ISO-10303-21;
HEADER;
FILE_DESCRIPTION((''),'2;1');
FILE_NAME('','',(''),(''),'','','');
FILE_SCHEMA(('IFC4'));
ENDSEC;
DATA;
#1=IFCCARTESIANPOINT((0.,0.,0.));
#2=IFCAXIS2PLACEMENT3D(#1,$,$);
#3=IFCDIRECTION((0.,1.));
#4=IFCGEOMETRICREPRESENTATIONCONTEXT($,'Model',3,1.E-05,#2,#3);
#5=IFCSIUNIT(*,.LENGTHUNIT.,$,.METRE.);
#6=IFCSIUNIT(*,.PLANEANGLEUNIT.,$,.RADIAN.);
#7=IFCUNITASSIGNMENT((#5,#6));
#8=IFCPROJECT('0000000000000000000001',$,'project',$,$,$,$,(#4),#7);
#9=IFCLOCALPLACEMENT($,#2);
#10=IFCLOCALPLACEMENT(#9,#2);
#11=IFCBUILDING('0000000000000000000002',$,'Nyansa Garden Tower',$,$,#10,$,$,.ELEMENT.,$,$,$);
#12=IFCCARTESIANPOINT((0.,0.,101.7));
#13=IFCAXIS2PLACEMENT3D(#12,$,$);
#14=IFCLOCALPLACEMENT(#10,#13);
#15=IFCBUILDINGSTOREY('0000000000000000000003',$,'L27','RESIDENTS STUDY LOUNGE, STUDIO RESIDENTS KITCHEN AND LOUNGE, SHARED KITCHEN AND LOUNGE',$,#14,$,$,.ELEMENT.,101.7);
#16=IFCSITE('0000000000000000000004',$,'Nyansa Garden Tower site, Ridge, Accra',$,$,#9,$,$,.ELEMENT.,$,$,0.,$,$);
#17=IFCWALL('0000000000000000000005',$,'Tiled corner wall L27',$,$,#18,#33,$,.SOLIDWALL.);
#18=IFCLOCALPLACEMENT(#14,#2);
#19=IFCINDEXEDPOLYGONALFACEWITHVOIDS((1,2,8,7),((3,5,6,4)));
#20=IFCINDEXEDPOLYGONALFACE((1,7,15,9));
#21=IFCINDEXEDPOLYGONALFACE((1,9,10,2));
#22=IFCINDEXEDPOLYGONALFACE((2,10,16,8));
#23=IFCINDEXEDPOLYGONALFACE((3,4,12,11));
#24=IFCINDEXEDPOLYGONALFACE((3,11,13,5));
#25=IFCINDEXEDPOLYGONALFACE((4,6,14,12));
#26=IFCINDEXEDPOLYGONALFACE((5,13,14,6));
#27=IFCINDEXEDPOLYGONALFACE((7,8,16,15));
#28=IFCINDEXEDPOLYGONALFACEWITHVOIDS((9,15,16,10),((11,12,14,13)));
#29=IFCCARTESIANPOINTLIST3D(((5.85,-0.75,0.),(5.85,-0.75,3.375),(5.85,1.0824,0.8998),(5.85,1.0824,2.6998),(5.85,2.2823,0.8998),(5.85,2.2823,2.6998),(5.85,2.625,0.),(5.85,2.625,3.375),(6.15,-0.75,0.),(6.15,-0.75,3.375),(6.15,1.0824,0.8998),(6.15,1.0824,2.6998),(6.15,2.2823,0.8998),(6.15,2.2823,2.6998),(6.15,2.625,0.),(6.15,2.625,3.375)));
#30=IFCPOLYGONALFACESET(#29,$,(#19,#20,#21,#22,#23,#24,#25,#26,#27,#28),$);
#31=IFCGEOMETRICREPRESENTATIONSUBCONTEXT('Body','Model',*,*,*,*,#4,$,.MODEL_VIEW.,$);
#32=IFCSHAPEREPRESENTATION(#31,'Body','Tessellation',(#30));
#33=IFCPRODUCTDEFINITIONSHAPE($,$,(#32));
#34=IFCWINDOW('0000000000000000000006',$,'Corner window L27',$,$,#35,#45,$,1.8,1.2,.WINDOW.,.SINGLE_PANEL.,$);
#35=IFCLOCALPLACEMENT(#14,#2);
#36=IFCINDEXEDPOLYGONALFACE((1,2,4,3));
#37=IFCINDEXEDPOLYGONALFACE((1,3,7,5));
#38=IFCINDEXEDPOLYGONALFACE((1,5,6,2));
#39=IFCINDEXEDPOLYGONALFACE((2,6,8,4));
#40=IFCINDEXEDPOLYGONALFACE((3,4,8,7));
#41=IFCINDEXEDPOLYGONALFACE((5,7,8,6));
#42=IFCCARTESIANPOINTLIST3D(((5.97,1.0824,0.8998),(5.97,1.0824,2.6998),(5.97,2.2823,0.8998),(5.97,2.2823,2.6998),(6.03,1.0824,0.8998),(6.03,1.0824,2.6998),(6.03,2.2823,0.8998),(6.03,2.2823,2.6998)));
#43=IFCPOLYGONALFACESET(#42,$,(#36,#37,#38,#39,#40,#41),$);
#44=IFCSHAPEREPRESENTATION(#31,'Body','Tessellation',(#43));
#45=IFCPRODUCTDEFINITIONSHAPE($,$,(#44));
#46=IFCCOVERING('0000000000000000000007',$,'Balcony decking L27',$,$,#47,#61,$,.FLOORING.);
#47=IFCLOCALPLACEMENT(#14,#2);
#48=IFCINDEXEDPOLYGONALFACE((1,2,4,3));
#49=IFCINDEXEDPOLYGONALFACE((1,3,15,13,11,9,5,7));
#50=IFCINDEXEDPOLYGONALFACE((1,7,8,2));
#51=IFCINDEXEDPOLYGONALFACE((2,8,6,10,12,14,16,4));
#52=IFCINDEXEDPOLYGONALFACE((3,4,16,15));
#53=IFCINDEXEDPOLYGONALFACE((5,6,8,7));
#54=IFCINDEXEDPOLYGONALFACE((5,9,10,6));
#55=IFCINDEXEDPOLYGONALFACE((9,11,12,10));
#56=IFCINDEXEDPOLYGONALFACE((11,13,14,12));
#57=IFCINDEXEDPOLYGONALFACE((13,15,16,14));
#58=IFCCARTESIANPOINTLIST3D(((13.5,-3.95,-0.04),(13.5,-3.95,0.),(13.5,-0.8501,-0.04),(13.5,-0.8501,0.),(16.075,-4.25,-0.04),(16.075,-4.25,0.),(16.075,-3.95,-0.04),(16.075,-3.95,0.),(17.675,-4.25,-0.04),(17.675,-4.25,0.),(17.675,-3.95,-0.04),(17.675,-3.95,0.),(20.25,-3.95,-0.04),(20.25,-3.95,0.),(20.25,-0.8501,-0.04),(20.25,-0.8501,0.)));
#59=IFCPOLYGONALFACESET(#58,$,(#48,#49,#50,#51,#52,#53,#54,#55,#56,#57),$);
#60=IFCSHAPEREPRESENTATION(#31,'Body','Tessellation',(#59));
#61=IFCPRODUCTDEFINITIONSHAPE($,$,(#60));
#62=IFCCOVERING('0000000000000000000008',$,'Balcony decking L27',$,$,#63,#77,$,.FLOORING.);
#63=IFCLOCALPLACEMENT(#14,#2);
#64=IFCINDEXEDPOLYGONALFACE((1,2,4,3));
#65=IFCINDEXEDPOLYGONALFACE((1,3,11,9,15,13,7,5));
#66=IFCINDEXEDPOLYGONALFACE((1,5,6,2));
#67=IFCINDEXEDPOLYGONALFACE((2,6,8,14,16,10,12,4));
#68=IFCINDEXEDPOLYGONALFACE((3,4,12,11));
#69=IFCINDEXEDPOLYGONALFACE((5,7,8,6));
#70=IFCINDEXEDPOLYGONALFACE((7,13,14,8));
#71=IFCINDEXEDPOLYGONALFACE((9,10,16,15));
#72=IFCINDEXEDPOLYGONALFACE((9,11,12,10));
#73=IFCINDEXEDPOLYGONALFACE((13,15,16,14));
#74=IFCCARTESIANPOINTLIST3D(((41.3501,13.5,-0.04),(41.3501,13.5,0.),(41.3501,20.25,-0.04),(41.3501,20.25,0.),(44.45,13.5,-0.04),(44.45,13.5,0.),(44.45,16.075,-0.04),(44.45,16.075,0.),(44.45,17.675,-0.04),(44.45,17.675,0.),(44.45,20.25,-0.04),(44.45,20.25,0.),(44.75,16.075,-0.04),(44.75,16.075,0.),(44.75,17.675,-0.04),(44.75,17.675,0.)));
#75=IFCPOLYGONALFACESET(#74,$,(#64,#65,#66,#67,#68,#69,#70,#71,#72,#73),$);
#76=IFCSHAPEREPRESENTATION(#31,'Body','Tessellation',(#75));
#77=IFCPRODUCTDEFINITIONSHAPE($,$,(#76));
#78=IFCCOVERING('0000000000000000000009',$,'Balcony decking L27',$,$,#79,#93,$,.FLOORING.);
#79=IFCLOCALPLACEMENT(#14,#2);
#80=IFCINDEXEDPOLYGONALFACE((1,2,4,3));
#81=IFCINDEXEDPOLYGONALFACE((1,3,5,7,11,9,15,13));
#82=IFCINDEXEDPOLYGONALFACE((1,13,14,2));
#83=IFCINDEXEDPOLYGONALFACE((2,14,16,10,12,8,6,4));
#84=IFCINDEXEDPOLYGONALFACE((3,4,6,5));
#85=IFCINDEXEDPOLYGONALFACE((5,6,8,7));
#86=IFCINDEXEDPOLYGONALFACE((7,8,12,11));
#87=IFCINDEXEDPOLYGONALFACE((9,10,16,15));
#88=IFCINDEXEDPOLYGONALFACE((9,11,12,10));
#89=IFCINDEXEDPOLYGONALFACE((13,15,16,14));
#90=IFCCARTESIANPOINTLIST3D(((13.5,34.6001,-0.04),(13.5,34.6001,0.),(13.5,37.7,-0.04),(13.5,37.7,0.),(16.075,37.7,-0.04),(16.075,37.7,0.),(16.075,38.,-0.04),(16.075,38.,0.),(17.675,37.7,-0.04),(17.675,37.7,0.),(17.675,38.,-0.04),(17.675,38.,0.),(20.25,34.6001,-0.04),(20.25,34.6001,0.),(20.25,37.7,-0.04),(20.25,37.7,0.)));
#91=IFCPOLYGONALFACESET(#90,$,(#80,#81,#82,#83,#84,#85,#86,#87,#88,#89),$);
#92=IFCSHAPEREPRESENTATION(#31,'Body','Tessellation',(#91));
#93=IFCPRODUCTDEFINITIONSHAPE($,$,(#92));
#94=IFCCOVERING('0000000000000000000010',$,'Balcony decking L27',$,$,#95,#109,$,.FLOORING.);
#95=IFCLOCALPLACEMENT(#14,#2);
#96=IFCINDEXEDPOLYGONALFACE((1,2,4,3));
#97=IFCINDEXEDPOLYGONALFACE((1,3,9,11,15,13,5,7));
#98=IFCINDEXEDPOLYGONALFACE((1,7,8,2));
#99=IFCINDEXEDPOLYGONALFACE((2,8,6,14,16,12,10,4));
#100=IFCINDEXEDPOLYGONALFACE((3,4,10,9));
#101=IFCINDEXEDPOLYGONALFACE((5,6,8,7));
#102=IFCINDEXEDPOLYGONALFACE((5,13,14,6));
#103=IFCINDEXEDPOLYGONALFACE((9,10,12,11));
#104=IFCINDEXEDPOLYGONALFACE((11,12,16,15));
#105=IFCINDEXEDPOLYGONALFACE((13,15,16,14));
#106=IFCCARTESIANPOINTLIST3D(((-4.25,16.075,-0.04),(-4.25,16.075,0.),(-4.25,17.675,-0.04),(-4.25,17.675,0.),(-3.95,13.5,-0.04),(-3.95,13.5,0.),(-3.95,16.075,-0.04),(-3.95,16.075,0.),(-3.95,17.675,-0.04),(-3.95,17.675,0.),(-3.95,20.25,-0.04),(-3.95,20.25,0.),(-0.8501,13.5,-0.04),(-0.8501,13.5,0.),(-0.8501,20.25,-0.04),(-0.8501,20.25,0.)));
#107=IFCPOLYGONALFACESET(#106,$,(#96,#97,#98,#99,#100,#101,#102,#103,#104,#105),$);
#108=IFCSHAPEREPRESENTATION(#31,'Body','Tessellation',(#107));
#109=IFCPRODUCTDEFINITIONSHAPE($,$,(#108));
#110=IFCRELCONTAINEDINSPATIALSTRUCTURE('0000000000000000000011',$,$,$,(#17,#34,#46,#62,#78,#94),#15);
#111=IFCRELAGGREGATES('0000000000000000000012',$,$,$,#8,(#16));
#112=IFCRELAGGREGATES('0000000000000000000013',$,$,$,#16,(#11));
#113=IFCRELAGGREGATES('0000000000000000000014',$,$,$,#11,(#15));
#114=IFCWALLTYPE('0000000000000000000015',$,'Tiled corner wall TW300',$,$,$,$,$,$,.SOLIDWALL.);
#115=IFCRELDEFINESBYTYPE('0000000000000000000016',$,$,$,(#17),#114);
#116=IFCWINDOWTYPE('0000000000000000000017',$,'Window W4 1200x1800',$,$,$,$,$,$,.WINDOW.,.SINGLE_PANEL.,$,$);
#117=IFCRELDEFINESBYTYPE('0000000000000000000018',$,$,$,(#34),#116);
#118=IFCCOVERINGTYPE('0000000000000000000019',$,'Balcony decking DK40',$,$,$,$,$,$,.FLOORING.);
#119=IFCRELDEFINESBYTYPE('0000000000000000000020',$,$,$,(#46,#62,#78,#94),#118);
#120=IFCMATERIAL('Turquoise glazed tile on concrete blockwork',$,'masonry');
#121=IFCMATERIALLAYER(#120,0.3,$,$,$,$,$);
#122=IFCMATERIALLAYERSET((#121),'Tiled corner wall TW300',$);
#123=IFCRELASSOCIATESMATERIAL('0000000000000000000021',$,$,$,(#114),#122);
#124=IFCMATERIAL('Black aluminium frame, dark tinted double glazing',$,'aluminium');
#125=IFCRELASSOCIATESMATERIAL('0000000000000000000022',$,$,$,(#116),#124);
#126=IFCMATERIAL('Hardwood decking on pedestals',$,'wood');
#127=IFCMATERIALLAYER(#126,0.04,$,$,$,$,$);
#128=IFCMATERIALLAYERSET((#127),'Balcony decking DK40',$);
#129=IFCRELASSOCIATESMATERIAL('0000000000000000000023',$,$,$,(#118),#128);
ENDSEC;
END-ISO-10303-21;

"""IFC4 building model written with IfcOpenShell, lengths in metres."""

from ifc_helpers import new_model, si_unit, direction, frame, frame_2d, origin, place, context, subcontext, project, spatial, polyline, rectangle, outline, extrude, material, layer, layer_set, type_object, element, fill, save


model = new_model("IFC4")

# Units and contexts
model_context = context("Model", 3, precision=1e-05, world=origin(), true_north=direction((0.0, 1.0)))
body_context = subcontext(model_context, "Body", "Model", "MODEL_VIEW")
ifc_project = project(units=[si_unit("LENGTHUNIT", "METRE"), si_unit("PLANEANGLEUNIT", "RADIAN")], contexts=[model_context])

# Site, building, storey
site_placement = place(None, origin())
site = spatial("IfcSite", under=ifc_project, at=site_placement, Name="Nyansa Garden Tower site, Ridge, Accra", CompositionType="ELEMENT", RefElevation=0.0)
building_placement = place(site_placement, origin())
building = spatial("IfcBuilding", under=site, at=building_placement, Name="Nyansa Garden Tower", CompositionType="ELEMENT")
storey_placement = place(building_placement, frame((0.0, 0.0, 101.7)))
storey = spatial("IfcBuildingStorey", under=building, at=storey_placement, Name="L27", Description="RESIDENTS STUDY LOUNGE, STUDIO RESIDENTS KITCHEN AND LOUNGE, SHARED KITCHEN AND LOUNGE", CompositionType="ELEMENT", Elevation=101.7)

# Wall, opening, window
ifc_material_1 = material(Name="Turquoise glazed tile on concrete blockwork", Category="masonry")
ifc_layer_1 = layer(ifc_material_1, 0.3)
ifc_layer_set_1 = layer_set([ifc_layer_1], Name="Tiled corner wall TW300")
wall_type_1 = type_object("IfcWallType", Name="Tiled corner wall TW300", PredefinedType="SOLIDWALL", material=ifc_layer_set_1)
wall_1_placement = place(storey_placement, frame((6.0, 2.625, 0.0), z_axis=(0.0, 0.0, 1.0), x_axis=(0.0, -1.0, 0.0)))
wall_1 = element("IfcWall", 1, at=wall_1_placement, inside=storey, type_object=wall_type_1, Name="Tiled corner wall L27", PredefinedType="SOLIDWALL", context=body_context, shape_type="SweptSolid", body=[
    extrude(rectangle(XDim=3.375, YDim=0.3, at=frame_2d((1.6875, 0.0))), origin(), (0.0, 0.0, 1.0), 3.375),
])
opening_1_placement = place(wall_1_placement, frame((0.3425, 0.0, 0.8999)))
opening_1 = element("IfcOpeningElement", 2, at=opening_1_placement, cuts=wall_1, PredefinedType="OPENING", context=body_context, shape_type="SweptSolid", body=[
    extrude(rectangle(XDim=1.2, YDim=1.8, at=frame_2d((0.6001, 0.8999))), frame((0.0, 0.1599, 0.0), z_axis=(0.0, -1.0, 0.0), x_axis=(1.0, 0.0, 0.0)), (0.0, 0.0, 1.0), 0.3201),
])
ifc_material_2 = material(Name="Black aluminium frame, dark tinted double glazing", Category="aluminium")
window_type_1 = type_object("IfcWindowType", Name="Window W4 1200x1800", PartitioningType="SINGLE_PANEL", PredefinedType="WINDOW", material=ifc_material_2)
window_1_placement = place(opening_1_placement, origin())
window_1 = element("IfcWindow", 3, at=window_1_placement, inside=storey, type_object=window_type_1, Name="Corner window L27", OverallHeight=1.8, OverallWidth=1.2, PartitioningType="SINGLE_PANEL", PredefinedType="WINDOW", context=body_context, shape_type="SweptSolid", body=[
    extrude(rectangle(XDim=1.2, YDim=1.8, at=frame_2d((0.6001, 0.8999))), frame((0.0, 0.03, 0.0), z_axis=(0.0, -1.0, 0.0), x_axis=(1.0, 0.0, 0.0)), (0.0, 0.0, 1.0), 0.0601),
])
fill(opening_1, window_1)

# Coverings
ifc_material_3 = material(Name="Hardwood decking on pedestals", Category="wood")
ifc_layer_2 = layer(ifc_material_3, 0.04)
ifc_layer_set_2 = layer_set([ifc_layer_2], Name="Balcony decking DK40")
covering_type = type_object("IfcCoveringType", Name="Balcony decking DK40", PredefinedType="FLOORING", material=ifc_layer_set_2)
covering_1_placement = place(storey_placement, frame((0.0, 0.0, -0.04)))
element("IfcCovering", 4, at=covering_1_placement, inside=storey, type_object=covering_type, Name="Balcony decking L27", PredefinedType="FLOORING", context=body_context, shape_type="SweptSolid", body=[
    extrude(outline(polyline([(13.5, -0.8501), (20.25, -0.8501), (20.25, -3.95), (17.675, -3.95), (17.675, -4.25), (16.075, -4.25), (16.075, -3.95), (13.5, -3.95), (13.5, -0.8501)])), origin(), (0.0, 0.0, 1.0), 0.04),
])
covering_2_placement = place(storey_placement, frame((0.0, 0.0, -0.04)))
element("IfcCovering", 5, at=covering_2_placement, inside=storey, type_object=covering_type, Name="Balcony decking L27", PredefinedType="FLOORING", context=body_context, shape_type="SweptSolid", body=[
    extrude(outline(polyline([(41.3501, 13.5), (41.3501, 20.25), (44.45, 20.25), (44.45, 17.675), (44.75, 17.675), (44.75, 16.075), (44.45, 16.075), (44.45, 13.5), (41.3501, 13.5)])), origin(), (0.0, 0.0, 1.0), 0.04),
])
covering_3_placement = place(storey_placement, frame((0.0, 0.0, -0.04)))
element("IfcCovering", 6, at=covering_3_placement, inside=storey, type_object=covering_type, Name="Balcony decking L27", PredefinedType="FLOORING", context=body_context, shape_type="SweptSolid", body=[
    extrude(outline(polyline([(13.5, 34.6001), (20.25, 34.6001), (20.25, 37.7), (17.675, 37.7), (17.675, 38.0), (16.075, 38.0), (16.075, 37.7), (13.5, 37.7), (13.5, 34.6001)])), origin(), (0.0, 0.0, 1.0), 0.04),
])
covering_4_placement = place(storey_placement, frame((0.0, 0.0, -0.04)))
element("IfcCovering", 7, at=covering_4_placement, inside=storey, type_object=covering_type, Name="Balcony decking L27", PredefinedType="FLOORING", context=body_context, shape_type="SweptSolid", body=[
    extrude(outline(polyline([(-0.8501, 13.5), (-0.8501, 20.25), (-3.95, 20.25), (-3.95, 17.675), (-4.25, 17.675), (-4.25, 16.075), (-3.95, 16.075), (-3.95, 13.5), (-0.8501, 13.5)])), origin(), (0.0, 0.0, 1.0), 0.04),
])

save(model, "model.ifc")
